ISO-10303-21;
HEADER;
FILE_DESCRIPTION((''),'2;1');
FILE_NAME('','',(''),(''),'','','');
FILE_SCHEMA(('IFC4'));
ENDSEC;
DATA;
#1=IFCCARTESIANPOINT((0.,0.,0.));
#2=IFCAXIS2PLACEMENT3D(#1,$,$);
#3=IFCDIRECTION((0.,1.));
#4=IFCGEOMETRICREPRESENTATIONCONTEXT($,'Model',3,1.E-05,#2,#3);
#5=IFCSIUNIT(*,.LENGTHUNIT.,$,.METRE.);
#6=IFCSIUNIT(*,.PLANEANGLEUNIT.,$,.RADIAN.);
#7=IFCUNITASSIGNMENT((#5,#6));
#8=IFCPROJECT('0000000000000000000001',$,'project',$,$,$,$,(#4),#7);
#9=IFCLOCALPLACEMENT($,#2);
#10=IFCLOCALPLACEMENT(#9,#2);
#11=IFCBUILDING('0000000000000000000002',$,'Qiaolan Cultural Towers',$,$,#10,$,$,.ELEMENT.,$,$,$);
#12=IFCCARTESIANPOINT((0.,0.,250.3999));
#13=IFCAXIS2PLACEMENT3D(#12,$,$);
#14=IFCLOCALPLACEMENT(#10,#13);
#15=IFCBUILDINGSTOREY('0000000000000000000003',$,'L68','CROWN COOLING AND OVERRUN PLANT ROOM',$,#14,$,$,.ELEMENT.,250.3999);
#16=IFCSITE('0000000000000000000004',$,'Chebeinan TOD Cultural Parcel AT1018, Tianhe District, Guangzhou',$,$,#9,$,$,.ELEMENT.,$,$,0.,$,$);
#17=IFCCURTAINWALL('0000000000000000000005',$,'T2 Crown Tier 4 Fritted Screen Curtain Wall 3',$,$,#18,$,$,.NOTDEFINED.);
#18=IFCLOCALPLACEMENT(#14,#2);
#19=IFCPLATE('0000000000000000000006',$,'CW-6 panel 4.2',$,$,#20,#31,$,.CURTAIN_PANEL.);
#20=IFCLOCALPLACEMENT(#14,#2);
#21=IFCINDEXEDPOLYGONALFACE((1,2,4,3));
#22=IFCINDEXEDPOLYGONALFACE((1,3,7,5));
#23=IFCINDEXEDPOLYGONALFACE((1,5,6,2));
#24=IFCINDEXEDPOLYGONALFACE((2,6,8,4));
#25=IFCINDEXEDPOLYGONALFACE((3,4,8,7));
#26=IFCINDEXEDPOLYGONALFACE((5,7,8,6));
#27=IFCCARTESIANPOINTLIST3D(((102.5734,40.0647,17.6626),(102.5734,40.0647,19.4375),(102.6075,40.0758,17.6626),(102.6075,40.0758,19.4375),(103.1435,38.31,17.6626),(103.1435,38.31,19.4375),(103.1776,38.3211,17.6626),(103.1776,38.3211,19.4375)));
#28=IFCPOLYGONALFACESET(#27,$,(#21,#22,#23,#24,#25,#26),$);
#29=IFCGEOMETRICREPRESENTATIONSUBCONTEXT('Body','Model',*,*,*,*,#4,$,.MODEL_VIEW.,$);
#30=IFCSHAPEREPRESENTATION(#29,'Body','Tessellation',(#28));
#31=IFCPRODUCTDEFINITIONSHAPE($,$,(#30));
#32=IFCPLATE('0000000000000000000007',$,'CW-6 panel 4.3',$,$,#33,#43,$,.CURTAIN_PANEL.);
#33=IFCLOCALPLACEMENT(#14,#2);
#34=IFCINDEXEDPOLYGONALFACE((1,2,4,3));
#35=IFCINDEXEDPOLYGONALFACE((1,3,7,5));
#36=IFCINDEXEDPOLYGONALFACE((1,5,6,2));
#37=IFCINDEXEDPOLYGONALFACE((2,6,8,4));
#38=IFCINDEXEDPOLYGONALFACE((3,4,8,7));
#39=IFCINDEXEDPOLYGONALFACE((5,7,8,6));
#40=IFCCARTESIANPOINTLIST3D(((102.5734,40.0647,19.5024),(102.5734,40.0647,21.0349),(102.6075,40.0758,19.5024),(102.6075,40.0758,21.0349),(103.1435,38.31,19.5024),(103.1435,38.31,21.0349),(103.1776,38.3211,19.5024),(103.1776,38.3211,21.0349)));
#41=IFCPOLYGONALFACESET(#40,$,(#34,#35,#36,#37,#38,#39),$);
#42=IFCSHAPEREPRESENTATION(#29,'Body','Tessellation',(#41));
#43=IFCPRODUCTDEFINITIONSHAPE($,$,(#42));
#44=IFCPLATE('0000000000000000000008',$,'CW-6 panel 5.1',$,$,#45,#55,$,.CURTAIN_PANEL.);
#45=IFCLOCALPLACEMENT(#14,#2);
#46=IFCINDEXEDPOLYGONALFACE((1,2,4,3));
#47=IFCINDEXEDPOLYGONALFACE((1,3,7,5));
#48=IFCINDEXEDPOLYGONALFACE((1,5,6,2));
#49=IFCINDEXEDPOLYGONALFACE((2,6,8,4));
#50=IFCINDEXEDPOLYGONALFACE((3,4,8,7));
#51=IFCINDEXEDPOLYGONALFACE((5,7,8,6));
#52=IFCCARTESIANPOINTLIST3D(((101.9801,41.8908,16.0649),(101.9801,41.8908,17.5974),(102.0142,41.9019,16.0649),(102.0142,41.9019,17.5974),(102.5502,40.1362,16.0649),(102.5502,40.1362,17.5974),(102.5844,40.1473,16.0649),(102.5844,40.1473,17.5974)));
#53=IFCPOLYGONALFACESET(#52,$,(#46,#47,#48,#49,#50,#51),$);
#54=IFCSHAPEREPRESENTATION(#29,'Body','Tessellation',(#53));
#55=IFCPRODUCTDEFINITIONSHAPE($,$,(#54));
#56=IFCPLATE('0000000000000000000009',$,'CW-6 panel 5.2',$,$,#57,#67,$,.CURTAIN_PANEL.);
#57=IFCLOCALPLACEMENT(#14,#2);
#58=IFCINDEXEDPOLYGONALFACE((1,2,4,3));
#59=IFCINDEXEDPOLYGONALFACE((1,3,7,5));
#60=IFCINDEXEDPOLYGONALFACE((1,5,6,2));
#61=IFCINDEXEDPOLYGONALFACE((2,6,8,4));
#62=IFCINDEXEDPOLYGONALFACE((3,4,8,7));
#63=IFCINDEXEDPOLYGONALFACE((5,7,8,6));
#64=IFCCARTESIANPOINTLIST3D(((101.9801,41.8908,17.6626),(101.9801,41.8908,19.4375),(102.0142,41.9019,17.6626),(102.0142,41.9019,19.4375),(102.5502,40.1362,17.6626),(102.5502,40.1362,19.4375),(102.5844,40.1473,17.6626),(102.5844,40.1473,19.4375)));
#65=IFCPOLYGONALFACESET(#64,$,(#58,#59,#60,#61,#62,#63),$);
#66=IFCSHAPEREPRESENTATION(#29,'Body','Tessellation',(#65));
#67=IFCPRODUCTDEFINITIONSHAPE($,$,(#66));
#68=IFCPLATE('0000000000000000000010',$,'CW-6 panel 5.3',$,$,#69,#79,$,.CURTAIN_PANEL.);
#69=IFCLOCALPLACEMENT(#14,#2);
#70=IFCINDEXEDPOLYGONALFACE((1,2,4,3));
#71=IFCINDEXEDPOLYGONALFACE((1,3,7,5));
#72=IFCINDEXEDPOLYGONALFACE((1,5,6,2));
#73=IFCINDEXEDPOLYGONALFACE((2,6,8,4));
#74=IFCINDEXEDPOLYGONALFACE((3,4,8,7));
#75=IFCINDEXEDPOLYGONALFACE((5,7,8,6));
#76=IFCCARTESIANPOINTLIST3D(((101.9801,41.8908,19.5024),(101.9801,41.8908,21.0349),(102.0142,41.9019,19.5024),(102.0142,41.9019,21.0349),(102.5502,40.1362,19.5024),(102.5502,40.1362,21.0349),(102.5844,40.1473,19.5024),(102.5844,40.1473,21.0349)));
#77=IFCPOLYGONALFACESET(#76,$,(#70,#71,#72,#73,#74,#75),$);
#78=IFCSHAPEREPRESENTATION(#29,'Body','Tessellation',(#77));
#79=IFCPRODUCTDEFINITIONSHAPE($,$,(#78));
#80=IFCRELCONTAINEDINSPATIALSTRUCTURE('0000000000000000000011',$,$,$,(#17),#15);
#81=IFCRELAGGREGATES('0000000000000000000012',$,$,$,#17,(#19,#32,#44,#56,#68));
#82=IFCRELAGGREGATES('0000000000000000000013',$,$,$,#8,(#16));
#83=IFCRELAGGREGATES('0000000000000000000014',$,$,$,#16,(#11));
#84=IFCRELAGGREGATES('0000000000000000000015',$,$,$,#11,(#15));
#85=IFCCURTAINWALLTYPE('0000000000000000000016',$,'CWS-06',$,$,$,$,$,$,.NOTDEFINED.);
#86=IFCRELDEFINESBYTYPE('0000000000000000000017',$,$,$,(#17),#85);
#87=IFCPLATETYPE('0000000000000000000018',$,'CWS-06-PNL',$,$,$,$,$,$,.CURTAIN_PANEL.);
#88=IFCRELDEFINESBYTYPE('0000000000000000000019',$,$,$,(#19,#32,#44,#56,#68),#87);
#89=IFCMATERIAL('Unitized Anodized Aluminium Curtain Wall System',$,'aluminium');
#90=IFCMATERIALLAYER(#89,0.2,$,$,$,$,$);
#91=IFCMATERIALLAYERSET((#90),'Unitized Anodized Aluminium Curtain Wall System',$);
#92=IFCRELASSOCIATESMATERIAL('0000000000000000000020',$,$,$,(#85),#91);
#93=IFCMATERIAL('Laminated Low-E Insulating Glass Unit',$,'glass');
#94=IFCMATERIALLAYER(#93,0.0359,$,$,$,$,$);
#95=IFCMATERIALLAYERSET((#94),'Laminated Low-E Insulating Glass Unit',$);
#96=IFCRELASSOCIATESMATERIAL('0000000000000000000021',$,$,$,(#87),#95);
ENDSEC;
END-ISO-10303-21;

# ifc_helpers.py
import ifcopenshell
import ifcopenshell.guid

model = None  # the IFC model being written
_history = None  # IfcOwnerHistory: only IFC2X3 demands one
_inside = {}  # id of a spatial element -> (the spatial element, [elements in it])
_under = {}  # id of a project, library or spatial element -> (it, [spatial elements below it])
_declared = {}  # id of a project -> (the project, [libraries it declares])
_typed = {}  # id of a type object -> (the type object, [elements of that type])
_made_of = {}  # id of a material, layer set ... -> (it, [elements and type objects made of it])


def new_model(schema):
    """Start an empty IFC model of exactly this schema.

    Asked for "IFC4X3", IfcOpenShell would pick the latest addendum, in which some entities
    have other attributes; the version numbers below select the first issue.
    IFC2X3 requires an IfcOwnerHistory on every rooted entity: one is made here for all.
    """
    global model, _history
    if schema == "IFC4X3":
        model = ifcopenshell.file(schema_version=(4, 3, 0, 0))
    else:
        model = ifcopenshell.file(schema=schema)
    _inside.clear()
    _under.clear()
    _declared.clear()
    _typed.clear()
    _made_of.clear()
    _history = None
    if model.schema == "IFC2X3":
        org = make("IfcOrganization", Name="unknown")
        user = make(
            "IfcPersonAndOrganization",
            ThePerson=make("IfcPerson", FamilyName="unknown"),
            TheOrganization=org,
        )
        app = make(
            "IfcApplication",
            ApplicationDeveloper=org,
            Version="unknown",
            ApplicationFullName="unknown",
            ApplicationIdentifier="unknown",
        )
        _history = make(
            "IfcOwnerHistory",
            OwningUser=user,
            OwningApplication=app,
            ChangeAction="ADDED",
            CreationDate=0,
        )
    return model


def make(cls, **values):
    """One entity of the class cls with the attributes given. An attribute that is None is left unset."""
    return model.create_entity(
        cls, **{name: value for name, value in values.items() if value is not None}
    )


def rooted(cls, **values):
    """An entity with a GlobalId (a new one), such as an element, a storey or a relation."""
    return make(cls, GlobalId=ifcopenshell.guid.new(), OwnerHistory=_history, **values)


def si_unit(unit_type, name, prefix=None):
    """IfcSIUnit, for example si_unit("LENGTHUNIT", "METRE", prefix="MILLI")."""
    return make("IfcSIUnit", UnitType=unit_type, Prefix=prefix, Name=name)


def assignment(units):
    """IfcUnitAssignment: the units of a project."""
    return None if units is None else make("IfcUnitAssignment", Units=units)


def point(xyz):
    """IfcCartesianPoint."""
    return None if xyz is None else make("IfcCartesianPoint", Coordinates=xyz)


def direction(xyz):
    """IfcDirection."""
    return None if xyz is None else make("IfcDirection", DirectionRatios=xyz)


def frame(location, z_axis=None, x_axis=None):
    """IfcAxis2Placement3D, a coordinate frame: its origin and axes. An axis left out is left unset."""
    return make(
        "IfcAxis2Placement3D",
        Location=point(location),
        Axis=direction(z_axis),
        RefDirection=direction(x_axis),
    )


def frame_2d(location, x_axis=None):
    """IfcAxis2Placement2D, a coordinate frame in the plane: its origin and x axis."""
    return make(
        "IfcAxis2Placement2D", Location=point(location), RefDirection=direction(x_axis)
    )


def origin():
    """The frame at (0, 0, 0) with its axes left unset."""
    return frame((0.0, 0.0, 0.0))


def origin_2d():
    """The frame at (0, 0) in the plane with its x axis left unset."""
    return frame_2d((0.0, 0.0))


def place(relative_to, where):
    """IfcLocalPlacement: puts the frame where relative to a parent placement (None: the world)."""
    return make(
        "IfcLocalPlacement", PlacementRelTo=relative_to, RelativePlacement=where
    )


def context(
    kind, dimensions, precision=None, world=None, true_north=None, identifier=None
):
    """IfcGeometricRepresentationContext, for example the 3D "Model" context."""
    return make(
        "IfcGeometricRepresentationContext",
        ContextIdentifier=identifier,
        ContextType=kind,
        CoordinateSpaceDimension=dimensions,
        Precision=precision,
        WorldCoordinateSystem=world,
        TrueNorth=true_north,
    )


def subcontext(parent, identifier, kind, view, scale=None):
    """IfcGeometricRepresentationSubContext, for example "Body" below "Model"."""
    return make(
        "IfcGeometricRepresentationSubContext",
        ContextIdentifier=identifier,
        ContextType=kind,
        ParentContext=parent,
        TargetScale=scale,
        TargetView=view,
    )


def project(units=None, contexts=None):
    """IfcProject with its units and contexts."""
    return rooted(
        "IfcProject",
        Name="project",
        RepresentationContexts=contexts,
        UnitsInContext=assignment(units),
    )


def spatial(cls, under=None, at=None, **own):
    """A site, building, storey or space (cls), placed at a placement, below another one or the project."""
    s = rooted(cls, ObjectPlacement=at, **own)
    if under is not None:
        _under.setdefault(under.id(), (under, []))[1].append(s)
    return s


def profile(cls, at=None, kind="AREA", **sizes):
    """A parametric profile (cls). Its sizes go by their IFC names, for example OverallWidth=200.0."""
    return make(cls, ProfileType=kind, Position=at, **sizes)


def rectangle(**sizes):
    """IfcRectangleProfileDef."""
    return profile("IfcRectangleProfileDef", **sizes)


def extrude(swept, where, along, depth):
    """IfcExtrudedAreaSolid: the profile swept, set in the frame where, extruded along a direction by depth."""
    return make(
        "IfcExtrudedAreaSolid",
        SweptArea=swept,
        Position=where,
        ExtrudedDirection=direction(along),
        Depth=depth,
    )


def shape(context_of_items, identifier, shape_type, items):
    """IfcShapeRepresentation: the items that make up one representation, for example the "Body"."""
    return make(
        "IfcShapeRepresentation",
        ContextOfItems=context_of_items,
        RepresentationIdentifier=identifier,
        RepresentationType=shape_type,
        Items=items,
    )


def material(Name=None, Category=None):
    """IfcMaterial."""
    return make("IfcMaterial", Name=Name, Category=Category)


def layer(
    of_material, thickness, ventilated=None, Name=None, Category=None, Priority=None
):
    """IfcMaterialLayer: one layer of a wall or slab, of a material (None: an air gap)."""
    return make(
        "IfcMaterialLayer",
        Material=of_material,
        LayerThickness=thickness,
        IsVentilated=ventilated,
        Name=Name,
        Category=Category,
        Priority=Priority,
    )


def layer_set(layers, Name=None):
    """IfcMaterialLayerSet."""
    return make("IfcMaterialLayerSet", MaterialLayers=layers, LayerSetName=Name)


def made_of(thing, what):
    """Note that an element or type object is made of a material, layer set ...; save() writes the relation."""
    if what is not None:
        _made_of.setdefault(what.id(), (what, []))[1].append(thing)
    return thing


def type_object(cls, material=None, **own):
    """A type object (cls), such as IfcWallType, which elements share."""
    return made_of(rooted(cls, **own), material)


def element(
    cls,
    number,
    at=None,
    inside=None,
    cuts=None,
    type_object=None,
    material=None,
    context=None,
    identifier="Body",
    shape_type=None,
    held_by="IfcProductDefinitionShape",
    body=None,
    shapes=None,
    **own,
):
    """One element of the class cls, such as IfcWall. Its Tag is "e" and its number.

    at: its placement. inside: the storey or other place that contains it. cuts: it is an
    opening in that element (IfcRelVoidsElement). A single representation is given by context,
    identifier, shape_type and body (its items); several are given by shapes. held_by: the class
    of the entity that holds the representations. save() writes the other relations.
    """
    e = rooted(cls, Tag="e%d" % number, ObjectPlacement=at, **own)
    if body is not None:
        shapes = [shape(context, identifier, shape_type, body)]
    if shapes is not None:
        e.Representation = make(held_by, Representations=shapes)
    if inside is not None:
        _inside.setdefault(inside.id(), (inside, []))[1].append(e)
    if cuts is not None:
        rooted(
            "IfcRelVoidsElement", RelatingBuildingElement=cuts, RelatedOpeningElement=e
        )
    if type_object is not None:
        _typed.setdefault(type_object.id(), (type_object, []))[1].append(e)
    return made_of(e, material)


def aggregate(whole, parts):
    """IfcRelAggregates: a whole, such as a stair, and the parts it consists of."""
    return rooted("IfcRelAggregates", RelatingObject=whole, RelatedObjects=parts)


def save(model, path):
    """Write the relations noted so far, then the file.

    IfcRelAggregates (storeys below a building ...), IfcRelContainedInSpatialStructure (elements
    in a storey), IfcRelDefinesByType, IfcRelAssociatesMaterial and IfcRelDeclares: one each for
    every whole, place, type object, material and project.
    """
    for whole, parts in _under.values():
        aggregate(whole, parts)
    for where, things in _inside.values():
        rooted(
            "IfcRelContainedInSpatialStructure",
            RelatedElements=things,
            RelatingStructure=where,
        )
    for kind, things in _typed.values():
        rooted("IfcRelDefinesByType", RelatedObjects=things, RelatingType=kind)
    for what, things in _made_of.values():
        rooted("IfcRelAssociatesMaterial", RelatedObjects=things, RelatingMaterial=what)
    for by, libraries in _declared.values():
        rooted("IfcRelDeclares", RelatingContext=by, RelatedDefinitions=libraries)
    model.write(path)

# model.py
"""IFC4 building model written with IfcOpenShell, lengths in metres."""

from ifc_helpers import new_model, si_unit, direction, frame, origin, origin_2d, place, context, subcontext, project, spatial, rectangle, extrude, material, layer, layer_set, type_object, element, aggregate, save


model = new_model("IFC4")

# Units and contexts
model_context = context("Model", 3, precision=1e-05, world=origin(), true_north=direction((0.0, 1.0)))
body_context = subcontext(model_context, "Body", "Model", "MODEL_VIEW")
ifc_project = project(units=[si_unit("LENGTHUNIT", "METRE"), si_unit("PLANEANGLEUNIT", "RADIAN")], contexts=[model_context])

# Site, building, storey
site_placement = place(None, origin())
site = spatial("IfcSite", under=ifc_project, at=site_placement, Name="Chebeinan TOD Cultural Parcel AT1018, Tianhe District, Guangzhou", CompositionType="ELEMENT", RefElevation=0.0)
building_placement = place(site_placement, origin())
building = spatial("IfcBuilding", under=site, at=building_placement, Name="Qiaolan Cultural Towers", CompositionType="ELEMENT")
storey_placement = place(building_placement, frame((0.0, 0.0, 250.3999)))
storey = spatial("IfcBuildingStorey", under=building, at=storey_placement, Name="L68", Description="CROWN COOLING AND OVERRUN PLANT ROOM", CompositionType="ELEMENT", Elevation=250.3999)

# Shared definitions
ifc_material_1 = material(Name="Unitized Anodized Aluminium Curtain Wall System", Category="aluminium")
ifc_layer_1 = layer(ifc_material_1, 0.2)
ifc_layer_set_1 = layer_set([ifc_layer_1], Name="Unitized Anodized Aluminium Curtain Wall System")
curtain_wall_type = type_object("IfcCurtainWallType", Name="CWS-06", PredefinedType="NOTDEFINED", material=ifc_layer_set_1)

# Curtain wall, plates
curtain_wall_1_placement = place(storey_placement, origin())
curtain_wall_1 = element("IfcCurtainWall", 1, at=curtain_wall_1_placement, inside=storey, type_object=curtain_wall_type, Name="T2 Crown Tier 4 Fritted Screen Curtain Wall 3", PredefinedType="NOTDEFINED")
ifc_material_2 = material(Name="Laminated Low-E Insulating Glass Unit", Category="glass")
ifc_layer_2 = layer(ifc_material_2, 0.0359)
ifc_layer_set_2 = layer_set([ifc_layer_2], Name="Laminated Low-E Insulating Glass Unit")
plate_type = type_object("IfcPlateType", Name="CWS-06-PNL", PredefinedType="CURTAIN_PANEL", material=ifc_layer_set_2)
plate_1_placement = place(storey_placement, frame((102.8755, 39.1929, 17.6626), z_axis=(0.0, 0.0, 1.0), x_axis=(-0.309017, 0.951057, 0.0)))
plate_1 = element("IfcPlate", 2, at=plate_1_placement, type_object=plate_type, Name="CW-6 panel 4.2", PredefinedType="CURTAIN_PANEL", context=body_context, shape_type="SweptSolid", body=[
    extrude(rectangle(XDim=1.845, YDim=0.0359, at=origin_2d()), origin(), (0.0, 0.0, 1.0), 1.7749),
])
plate_2_placement = place(storey_placement, frame((102.8755, 39.1929, 19.5024), z_axis=(0.0, 0.0, 1.0), x_axis=(-0.309017, 0.951057, 0.0)))
plate_2 = element("IfcPlate", 3, at=plate_2_placement, type_object=plate_type, Name="CW-6 panel 4.3", PredefinedType="CURTAIN_PANEL", context=body_context, shape_type="SweptSolid", body=[
    extrude(rectangle(XDim=1.845, YDim=0.0359, at=origin_2d()), origin(), (0.0, 0.0, 1.0), 1.5325),
])
plate_3_placement = place(storey_placement, frame((102.2822, 41.019, 16.0649), z_axis=(0.0, 0.0, 1.0), x_axis=(-0.309017, 0.951057, 0.0)))
plate_3 = element("IfcPlate", 4, at=plate_3_placement, type_object=plate_type, Name="CW-6 panel 5.1", PredefinedType="CURTAIN_PANEL", context=body_context, shape_type="SweptSolid", body=[
    extrude(rectangle(XDim=1.845, YDim=0.0359, at=origin_2d()), origin(), (0.0, 0.0, 1.0), 1.5325),
])
plate_4_placement = place(storey_placement, frame((102.2822, 41.019, 17.6626), z_axis=(0.0, 0.0, 1.0), x_axis=(-0.309017, 0.951057, 0.0)))
plate_4 = element("IfcPlate", 5, at=plate_4_placement, type_object=plate_type, Name="CW-6 panel 5.2", PredefinedType="CURTAIN_PANEL", context=body_context, shape_type="SweptSolid", body=[
    extrude(rectangle(XDim=1.845, YDim=0.0359, at=origin_2d()), origin(), (0.0, 0.0, 1.0), 1.7749),
])
plate_5_placement = place(storey_placement, frame((102.2822, 41.019, 19.5024), z_axis=(0.0, 0.0, 1.0), x_axis=(-0.309017, 0.951057, 0.0)))
plate_5 = element("IfcPlate", 6, at=plate_5_placement, type_object=plate_type, Name="CW-6 panel 5.3", PredefinedType="CURTAIN_PANEL", context=body_context, shape_type="SweptSolid", body=[
    extrude(rectangle(XDim=1.845, YDim=0.0359, at=origin_2d()), origin(), (0.0, 0.0, 1.0), 1.5325),
])
aggregate(curtain_wall_1, [plate_1, plate_2, plate_3, plate_4, plate_5])

save(model, "model.ifc")
